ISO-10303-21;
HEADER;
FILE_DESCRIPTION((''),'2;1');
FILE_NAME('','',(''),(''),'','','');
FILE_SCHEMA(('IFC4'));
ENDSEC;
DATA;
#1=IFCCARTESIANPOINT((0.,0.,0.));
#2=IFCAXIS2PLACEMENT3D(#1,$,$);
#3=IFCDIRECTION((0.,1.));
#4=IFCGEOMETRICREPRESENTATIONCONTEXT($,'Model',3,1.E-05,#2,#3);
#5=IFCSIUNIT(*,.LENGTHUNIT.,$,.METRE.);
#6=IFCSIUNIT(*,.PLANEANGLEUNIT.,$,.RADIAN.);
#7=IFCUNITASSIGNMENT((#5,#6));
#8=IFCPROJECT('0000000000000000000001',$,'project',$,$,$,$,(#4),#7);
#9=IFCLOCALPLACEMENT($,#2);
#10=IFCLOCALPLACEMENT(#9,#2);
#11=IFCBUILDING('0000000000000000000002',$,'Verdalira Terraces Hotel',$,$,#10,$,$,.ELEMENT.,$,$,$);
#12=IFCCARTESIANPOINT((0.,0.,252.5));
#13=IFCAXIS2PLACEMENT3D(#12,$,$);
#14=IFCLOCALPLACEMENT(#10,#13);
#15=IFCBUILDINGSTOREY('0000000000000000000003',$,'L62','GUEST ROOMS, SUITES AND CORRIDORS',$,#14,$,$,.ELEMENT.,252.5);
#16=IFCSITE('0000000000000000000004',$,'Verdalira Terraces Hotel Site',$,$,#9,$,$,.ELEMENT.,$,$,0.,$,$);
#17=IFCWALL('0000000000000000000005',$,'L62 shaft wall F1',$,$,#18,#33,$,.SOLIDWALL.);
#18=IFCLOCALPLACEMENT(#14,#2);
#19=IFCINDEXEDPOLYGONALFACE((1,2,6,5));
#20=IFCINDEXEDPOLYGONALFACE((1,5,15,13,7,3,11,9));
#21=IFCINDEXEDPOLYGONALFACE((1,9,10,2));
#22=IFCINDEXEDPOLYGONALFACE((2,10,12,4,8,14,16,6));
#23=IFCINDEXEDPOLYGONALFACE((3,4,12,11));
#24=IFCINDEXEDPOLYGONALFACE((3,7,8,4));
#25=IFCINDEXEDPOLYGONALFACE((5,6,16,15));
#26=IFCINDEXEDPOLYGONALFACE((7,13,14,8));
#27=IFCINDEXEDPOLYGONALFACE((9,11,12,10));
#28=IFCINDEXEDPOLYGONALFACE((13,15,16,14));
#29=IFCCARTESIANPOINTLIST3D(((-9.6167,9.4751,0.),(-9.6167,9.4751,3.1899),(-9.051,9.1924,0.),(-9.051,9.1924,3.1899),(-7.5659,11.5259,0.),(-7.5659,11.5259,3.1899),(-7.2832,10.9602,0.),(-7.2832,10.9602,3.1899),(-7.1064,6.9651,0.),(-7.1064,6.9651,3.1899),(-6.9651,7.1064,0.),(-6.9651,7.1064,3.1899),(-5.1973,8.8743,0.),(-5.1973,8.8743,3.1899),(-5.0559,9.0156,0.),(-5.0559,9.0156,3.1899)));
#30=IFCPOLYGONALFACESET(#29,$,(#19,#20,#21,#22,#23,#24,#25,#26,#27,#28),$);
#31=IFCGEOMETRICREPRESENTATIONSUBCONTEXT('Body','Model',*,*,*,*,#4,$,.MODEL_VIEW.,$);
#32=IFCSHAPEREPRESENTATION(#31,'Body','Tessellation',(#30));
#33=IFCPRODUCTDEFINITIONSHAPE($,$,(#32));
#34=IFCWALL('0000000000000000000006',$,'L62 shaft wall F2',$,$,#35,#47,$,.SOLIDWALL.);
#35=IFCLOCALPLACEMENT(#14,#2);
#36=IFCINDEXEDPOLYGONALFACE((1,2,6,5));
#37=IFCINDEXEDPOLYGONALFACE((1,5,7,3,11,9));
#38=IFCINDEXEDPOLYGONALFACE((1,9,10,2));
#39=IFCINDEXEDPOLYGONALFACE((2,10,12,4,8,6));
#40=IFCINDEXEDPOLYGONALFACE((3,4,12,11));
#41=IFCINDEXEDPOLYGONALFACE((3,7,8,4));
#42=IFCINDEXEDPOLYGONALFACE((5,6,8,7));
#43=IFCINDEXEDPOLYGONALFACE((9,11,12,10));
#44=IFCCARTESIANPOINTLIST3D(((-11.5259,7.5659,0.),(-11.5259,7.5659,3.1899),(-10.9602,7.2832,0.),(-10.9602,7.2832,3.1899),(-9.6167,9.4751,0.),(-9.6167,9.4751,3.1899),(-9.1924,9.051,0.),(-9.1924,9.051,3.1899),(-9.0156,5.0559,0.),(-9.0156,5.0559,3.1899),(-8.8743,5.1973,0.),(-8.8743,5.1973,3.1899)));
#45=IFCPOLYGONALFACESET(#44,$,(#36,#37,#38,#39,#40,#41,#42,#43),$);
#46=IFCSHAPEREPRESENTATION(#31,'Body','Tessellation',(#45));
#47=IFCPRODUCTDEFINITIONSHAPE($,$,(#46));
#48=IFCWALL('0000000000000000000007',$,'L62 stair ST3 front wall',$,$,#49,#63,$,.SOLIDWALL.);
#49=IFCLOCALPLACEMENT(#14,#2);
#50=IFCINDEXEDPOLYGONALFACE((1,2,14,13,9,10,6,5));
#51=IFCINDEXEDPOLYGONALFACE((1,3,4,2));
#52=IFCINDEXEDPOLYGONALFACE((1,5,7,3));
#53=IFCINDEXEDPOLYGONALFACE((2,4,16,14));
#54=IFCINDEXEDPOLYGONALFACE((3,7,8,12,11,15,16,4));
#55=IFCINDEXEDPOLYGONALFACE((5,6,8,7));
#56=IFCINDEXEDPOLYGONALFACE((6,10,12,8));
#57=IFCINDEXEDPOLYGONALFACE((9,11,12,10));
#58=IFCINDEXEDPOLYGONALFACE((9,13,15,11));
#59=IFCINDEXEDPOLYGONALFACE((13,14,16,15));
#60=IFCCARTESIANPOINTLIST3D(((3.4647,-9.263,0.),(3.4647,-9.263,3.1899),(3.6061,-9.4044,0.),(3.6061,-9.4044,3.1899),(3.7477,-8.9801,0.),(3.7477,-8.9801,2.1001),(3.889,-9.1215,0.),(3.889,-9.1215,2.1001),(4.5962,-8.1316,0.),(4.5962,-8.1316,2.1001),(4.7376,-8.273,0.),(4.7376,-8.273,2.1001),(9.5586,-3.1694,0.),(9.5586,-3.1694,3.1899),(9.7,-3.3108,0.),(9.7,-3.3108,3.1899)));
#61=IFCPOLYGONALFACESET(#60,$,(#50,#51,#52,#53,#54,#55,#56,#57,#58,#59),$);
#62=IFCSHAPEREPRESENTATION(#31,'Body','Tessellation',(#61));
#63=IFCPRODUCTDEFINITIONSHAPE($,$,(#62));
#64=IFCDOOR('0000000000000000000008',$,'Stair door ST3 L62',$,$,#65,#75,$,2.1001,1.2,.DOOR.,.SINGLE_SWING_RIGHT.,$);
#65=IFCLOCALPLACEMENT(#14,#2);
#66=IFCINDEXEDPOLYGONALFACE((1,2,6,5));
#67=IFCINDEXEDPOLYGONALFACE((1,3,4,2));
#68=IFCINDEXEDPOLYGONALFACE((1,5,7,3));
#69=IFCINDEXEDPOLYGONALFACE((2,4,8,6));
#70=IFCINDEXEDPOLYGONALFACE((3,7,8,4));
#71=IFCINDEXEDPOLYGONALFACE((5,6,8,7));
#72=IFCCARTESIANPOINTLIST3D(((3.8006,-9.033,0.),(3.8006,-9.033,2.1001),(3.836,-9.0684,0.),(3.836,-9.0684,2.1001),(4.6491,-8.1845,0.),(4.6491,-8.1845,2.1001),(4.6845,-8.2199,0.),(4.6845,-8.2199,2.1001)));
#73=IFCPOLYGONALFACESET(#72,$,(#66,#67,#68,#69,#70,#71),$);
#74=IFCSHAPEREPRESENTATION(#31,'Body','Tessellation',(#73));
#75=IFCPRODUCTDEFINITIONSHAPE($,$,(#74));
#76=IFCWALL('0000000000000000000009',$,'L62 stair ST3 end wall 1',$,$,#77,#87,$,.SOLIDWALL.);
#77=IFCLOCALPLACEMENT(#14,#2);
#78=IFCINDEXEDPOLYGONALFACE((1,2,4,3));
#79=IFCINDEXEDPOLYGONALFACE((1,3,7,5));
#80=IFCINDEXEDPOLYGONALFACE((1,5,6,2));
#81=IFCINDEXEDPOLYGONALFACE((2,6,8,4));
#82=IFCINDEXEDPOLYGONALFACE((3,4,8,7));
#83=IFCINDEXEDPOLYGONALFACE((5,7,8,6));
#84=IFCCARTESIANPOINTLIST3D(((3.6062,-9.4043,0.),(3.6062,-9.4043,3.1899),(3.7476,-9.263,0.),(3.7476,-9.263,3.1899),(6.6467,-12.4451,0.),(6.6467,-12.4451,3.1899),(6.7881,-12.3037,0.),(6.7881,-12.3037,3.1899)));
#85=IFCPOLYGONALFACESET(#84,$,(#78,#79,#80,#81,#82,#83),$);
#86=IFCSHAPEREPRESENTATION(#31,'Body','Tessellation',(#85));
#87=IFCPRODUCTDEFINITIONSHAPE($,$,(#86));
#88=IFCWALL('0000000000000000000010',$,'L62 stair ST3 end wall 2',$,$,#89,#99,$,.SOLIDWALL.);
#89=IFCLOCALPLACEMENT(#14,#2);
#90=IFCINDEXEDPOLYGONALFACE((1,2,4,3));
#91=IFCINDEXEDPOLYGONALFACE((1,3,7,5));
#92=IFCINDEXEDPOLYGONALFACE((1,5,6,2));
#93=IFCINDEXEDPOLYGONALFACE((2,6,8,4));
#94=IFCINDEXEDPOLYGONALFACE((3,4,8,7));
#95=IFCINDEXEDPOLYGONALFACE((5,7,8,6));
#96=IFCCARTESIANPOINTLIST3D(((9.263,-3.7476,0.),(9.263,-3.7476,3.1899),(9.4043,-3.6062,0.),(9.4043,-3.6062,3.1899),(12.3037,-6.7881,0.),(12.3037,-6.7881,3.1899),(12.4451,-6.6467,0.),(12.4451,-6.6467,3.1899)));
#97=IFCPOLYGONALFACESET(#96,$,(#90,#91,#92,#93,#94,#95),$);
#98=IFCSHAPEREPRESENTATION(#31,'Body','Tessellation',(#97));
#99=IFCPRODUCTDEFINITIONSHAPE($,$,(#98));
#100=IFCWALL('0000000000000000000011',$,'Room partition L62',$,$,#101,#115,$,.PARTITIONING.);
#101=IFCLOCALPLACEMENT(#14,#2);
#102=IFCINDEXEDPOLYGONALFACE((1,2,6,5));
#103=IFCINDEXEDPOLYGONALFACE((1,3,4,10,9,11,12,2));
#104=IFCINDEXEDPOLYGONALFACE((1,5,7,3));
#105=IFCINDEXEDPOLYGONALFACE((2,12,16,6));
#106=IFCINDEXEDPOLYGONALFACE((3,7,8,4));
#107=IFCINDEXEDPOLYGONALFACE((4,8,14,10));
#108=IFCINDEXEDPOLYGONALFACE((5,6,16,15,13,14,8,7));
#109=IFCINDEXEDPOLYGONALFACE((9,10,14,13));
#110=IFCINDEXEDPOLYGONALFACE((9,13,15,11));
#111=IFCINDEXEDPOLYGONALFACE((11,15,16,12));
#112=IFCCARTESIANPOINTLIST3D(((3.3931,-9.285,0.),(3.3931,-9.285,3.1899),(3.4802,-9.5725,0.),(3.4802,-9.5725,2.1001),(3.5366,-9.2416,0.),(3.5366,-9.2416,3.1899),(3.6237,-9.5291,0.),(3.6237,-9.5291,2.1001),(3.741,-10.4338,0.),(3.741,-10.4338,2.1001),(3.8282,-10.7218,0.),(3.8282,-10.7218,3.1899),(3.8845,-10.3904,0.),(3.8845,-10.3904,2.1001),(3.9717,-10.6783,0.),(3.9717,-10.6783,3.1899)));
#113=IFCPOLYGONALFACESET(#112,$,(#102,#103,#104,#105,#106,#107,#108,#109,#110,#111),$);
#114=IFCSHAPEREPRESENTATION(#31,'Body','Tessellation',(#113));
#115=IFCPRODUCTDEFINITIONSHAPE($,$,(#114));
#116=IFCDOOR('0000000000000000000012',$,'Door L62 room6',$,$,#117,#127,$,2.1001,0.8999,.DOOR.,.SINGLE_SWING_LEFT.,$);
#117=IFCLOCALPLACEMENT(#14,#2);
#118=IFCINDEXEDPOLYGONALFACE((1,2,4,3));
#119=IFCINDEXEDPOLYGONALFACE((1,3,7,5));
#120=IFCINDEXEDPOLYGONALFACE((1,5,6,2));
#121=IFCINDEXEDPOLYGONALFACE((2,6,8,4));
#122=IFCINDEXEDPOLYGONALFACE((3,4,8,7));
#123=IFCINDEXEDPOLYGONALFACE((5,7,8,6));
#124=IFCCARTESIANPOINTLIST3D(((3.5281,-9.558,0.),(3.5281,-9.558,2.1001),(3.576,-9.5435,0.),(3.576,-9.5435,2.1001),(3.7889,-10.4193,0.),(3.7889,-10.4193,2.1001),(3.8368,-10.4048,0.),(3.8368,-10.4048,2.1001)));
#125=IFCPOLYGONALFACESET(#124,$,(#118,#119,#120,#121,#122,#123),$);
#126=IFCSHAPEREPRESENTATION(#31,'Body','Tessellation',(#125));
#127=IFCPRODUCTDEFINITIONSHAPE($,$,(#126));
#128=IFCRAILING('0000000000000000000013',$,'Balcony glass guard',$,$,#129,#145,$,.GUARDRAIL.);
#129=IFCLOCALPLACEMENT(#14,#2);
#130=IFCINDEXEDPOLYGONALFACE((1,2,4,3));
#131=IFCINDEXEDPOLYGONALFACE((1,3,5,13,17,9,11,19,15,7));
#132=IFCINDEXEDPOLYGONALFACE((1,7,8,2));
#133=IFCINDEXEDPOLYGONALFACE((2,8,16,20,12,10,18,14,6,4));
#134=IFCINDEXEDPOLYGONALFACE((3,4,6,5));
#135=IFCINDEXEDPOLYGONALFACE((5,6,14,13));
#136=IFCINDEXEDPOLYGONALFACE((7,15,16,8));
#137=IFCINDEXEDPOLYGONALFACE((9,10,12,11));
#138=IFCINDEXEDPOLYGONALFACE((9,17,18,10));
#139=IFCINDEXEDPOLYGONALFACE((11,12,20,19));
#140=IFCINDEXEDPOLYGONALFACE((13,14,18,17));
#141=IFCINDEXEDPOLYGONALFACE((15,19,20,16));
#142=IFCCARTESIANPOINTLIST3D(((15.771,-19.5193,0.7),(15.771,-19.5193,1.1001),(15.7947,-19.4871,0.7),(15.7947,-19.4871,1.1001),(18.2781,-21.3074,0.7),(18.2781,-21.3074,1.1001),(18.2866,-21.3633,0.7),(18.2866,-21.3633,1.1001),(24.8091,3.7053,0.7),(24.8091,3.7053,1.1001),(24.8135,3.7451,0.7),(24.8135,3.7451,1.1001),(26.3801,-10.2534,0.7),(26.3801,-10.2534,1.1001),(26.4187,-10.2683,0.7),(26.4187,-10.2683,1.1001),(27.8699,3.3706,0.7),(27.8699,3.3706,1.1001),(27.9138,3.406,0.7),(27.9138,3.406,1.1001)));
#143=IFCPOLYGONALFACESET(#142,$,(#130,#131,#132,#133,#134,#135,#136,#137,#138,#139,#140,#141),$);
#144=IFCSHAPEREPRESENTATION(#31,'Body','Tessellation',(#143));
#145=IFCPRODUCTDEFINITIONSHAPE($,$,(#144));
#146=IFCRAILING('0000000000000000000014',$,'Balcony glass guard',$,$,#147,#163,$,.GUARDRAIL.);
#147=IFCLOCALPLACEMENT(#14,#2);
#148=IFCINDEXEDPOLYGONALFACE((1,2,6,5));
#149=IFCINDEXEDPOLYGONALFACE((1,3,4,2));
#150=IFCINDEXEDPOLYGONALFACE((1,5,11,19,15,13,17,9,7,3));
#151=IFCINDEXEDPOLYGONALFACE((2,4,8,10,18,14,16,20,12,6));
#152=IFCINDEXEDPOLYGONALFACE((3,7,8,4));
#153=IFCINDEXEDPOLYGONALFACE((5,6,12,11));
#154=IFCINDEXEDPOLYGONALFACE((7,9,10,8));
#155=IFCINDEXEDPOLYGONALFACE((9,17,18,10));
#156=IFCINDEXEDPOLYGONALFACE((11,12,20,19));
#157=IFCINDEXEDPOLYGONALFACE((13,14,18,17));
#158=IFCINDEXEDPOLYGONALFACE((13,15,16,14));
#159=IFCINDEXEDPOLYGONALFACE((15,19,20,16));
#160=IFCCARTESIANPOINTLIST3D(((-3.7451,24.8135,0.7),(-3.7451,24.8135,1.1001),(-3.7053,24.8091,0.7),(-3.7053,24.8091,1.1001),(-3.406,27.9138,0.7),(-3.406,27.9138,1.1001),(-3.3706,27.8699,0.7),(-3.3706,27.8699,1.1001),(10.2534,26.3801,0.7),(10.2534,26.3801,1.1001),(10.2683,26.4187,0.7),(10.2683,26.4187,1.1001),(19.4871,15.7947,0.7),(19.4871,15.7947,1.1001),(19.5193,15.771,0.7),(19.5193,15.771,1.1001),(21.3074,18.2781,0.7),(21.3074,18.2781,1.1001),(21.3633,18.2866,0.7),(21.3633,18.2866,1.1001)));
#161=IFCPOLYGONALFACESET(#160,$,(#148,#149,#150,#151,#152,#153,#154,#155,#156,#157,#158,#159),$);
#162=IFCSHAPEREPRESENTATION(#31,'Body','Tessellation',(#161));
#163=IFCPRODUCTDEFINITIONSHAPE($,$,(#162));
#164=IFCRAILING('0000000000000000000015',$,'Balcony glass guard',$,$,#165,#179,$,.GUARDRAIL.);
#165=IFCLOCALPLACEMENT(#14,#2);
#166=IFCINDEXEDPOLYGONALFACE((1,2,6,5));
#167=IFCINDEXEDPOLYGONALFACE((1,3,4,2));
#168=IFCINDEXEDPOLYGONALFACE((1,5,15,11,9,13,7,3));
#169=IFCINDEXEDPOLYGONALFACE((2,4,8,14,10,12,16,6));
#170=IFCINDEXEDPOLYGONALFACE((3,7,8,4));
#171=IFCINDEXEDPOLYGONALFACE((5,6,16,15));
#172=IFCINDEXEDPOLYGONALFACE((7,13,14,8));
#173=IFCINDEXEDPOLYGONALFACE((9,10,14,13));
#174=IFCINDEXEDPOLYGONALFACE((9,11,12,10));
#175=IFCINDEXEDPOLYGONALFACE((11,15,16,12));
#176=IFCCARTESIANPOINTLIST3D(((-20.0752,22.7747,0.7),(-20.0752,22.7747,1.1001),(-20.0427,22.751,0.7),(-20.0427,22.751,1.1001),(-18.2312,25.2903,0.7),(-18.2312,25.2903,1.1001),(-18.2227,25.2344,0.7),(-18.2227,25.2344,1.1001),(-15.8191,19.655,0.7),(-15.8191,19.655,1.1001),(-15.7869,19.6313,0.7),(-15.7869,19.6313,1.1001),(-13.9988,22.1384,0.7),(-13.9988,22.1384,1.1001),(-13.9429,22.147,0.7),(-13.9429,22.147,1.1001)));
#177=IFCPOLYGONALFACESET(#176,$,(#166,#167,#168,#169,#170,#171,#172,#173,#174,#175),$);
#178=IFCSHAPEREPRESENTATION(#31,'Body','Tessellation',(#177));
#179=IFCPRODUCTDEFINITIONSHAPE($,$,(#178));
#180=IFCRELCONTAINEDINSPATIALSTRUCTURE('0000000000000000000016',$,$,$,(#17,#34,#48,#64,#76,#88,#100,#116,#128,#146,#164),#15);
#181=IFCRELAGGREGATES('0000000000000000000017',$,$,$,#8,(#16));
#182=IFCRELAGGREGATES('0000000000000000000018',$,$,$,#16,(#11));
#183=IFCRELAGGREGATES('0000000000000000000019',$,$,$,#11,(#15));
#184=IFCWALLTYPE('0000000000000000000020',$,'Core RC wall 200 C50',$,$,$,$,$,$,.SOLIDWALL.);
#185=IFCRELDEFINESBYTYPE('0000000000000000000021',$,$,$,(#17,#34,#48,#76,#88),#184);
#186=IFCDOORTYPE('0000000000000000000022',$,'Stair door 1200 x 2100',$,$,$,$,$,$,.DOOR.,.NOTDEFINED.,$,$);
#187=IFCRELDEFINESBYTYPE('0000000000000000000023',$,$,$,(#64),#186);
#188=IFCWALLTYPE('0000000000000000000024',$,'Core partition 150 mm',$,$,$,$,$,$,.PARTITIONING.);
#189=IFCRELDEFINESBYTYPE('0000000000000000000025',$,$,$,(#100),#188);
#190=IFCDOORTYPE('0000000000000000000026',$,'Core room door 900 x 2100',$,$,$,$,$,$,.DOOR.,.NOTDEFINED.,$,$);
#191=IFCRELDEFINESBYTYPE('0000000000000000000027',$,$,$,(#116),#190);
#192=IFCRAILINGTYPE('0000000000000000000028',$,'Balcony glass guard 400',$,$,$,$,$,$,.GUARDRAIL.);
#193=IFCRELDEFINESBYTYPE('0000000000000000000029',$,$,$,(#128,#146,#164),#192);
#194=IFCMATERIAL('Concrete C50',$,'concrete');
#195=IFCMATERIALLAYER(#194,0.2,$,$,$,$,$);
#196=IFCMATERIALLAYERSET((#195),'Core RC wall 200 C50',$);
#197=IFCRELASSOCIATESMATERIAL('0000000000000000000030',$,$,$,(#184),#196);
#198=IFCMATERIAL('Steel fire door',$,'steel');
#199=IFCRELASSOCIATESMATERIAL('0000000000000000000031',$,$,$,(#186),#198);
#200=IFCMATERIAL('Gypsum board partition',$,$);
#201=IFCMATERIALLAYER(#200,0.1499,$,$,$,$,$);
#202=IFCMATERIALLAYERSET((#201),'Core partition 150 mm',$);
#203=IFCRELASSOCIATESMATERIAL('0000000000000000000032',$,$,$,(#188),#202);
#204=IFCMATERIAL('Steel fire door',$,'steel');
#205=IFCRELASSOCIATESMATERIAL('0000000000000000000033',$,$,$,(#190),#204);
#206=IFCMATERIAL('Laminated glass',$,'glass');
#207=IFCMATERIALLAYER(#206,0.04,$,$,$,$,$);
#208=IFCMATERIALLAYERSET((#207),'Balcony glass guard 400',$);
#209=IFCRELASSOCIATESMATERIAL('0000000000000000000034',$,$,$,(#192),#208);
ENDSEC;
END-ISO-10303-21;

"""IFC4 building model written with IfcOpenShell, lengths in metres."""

from ifc_helpers import new_model, si_unit, direction, frame, frame_2d, origin, place, context, subcontext, project, spatial, polyline, rectangle, outline, extrude, material, layer, layer_set, type_object, element, fill, save


model = new_model("IFC4")

# Units and contexts
model_context = context("Model", 3, precision=1e-05, world=origin(), true_north=direction((0.0, 1.0)))
body_context = subcontext(model_context, "Body", "Model", "MODEL_VIEW")
ifc_project = project(units=[si_unit("LENGTHUNIT", "METRE"), si_unit("PLANEANGLEUNIT", "RADIAN")], contexts=[model_context])

# Site, building, storey
site_placement = place(None, origin())
site = spatial("IfcSite", under=ifc_project, at=site_placement, Name="Verdalira Terraces Hotel Site", CompositionType="ELEMENT", RefElevation=0.0)
building_placement = place(site_placement, origin())
building = spatial("IfcBuilding", under=site, at=building_placement, Name="Verdalira Terraces Hotel", CompositionType="ELEMENT")
storey_placement = place(building_placement, frame((0.0, 0.0, 252.5)))
storey = spatial("IfcBuildingStorey", under=building, at=storey_placement, Name="L62", Description="GUEST ROOMS, SUITES AND CORRIDORS", CompositionType="ELEMENT", Elevation=252.5)

# Walls
ifc_material_1 = material(Name="Concrete C50", Category="concrete")
ifc_layer_1 = layer(ifc_material_1, 0.2)
ifc_layer_set_1 = layer_set([ifc_layer_1], Name="Core RC wall 200 C50")
wall_type_1 = type_object("IfcWallType", Name="Core RC wall 200 C50", PredefinedType="SOLIDWALL", material=ifc_layer_set_1)
wall_1_placement = place(storey_placement, origin())
element("IfcWall", 1, at=wall_1_placement, inside=storey, type_object=wall_type_1, Name="L62 shaft wall F1", PredefinedType="SOLIDWALL", context=body_context, shape_type="SweptSolid", body=[
    extrude(outline(polyline([(-9.6167, 9.4751), (-7.5659, 11.5259), (-5.0559, 9.0156), (-5.1973, 8.8743), (-7.2832, 10.9602), (-9.051, 9.1924), (-6.9651, 7.1064), (-7.1064, 6.9651), (-9.6167, 9.4751)])), origin(), (0.0, 0.0, 1.0), 3.1899),
])
wall_2_placement = place(storey_placement, origin())
element("IfcWall", 2, at=wall_2_placement, inside=storey, type_object=wall_type_1, Name="L62 shaft wall F2", PredefinedType="SOLIDWALL", context=body_context, shape_type="SweptSolid", body=[
    extrude(outline(polyline([(-11.5259, 7.5659), (-9.6167, 9.4751), (-9.1924, 9.051), (-10.9602, 7.2832), (-8.8743, 5.1973), (-9.0156, 5.0559), (-11.5259, 7.5659)])), origin(), (0.0, 0.0, 1.0), 3.1899),
])

# Wall, opening, door
wall_3_placement = place(storey_placement, frame((9.6294, -3.24, 0.0), z_axis=(0.0, 0.0, 1.0), x_axis=(-0.707121, -0.707093, 0.0)))
wall_3 = element("IfcWall", 3, at=wall_3_placement, inside=storey, type_object=wall_type_1, Name="L62 stair ST3 front wall", PredefinedType="SOLIDWALL", context=body_context, shape_type="SweptSolid", body=[
    extrude(rectangle(XDim=8.6179, YDim=0.2, at=frame_2d((4.3091, 0.0))), origin(), (0.0, 0.0, 1.0), 3.1899),
])
opening_1_placement = place(wall_3_placement, frame((7.0178, 0.0, 0.0)))
opening_1 = element("IfcOpeningElement", 4, at=opening_1_placement, cuts=wall_3, PredefinedType="OPENING", context=body_context, shape_type="SweptSolid", body=[
    extrude(rectangle(XDim=1.2, YDim=2.1001, at=frame_2d((0.6001, 1.05))), frame((0.0, 0.1099, 0.0), z_axis=(0.0, -1.0, 0.0), x_axis=(1.0, 0.0, 0.0)), (0.0, 0.0, 1.0), 0.22),
])
ifc_material_2 = material(Name="Steel fire door", Category="steel")
door_type_1 = type_object("IfcDoorType", Name="Stair door 1200 x 2100", OperationType="NOTDEFINED", PredefinedType="DOOR", material=ifc_material_2)
door_1_placement = place(opening_1_placement, origin())
door_1 = element("IfcDoor", 5, at=door_1_placement, inside=storey, type_object=door_type_1, Name="Stair door ST3 L62", OperationType="SINGLE_SWING_RIGHT", OverallHeight=2.1001, OverallWidth=1.2, PredefinedType="DOOR", context=body_context, shape_type="SweptSolid", body=[
    extrude(rectangle(XDim=1.2, YDim=2.1001, at=frame_2d((0.6001, 1.05))), frame((0.0, 0.0249, 0.0), z_axis=(0.0, -1.0, 0.0), x_axis=(1.0, 0.0, 0.0)), (0.0, 0.0, 1.0), 0.05),
])
fill(opening_1, door_1)

# Walls
for number, where, z_axis, x_axis, name in (
    (6, (3.677, -9.3337, 0.0), (0.0, 0.0, 1.0), (0.707078, -0.707135, 0.0), "L62 stair ST3 end wall 1"),
    (7, (9.3337, -3.677, 0.0), (0.0, 0.0, 1.0), (0.707135, -0.707078, 0.0), "L62 stair ST3 end wall 2"),
):
    element("IfcWall", number, at=place(storey_placement, frame(where, z_axis=z_axis, x_axis=x_axis)), inside=storey, type_object=wall_type_1, Name=name, PredefinedType="SOLIDWALL", context=body_context, shape_type="SweptSolid", body=[
        extrude(rectangle(XDim=4.3, YDim=0.2, at=frame_2d((2.1499, 0.0))), origin(), (0.0, 0.0, 1.0), 3.1899),
    ])

# Wall, opening, door
ifc_material_3 = material(Name="Gypsum board partition")
ifc_layer_2 = layer(ifc_material_3, 0.1499)
ifc_layer_set_2 = layer_set([ifc_layer_2], Name="Core partition 150 mm")
wall_type_2 = type_object("IfcWallType", Name="Core partition 150 mm", PredefinedType="PARTITIONING", material=ifc_layer_set_2)
wall_4_placement = place(storey_placement, frame((3.8999, -10.7, 0.0), z_axis=(0.0, 0.0, 1.0), x_axis=(-0.289809, 0.957085, 0.0)))
wall_4 = element("IfcWall", 8, at=wall_4_placement, inside=storey, type_object=wall_type_2, Name="Room partition L62", PredefinedType="PARTITIONING", context=body_context, shape_type="SweptSolid", body=[
    extrude(rectangle(XDim=1.5012, YDim=0.1499, at=frame_2d((0.7505, 0.0))), origin(), (0.0, 0.0, 1.0), 3.1899),
])
opening_2_placement = place(wall_4_placement, frame((0.3008, 0.0, 0.0)))
opening_2 = element("IfcOpeningElement", 9, at=opening_2_placement, cuts=wall_4, PredefinedType="OPENING", context=body_context, shape_type="SweptSolid", body=[
    extrude(rectangle(XDim=0.8999, YDim=2.1001, at=frame_2d((0.45, 1.05))), frame((0.0, 0.085, 0.0), z_axis=(0.0, -1.0, 0.0), x_axis=(1.0, 0.0, 0.0)), (0.0, 0.0, 1.0), 0.1699),
])
ifc_material_4 = material(Name="Steel fire door", Category="steel")
door_type_2 = type_object("IfcDoorType", Name="Core room door 900 x 2100", OperationType="NOTDEFINED", PredefinedType="DOOR", material=ifc_material_4)
door_2_placement = place(opening_2_placement, origin())
door_2 = element("IfcDoor", 10, at=door_2_placement, inside=storey, type_object=door_type_2, Name="Door L62 room6", OperationType="SINGLE_SWING_LEFT", OverallHeight=2.1001, OverallWidth=0.8999, PredefinedType="DOOR", context=body_context, shape_type="SweptSolid", body=[
    extrude(rectangle(XDim=0.8999, YDim=2.1001, at=frame_2d((0.45, 1.05))), frame((0.0, 0.0249, 0.0), z_axis=(0.0, -1.0, 0.0), x_axis=(1.0, 0.0, 0.0)), (0.0, 0.0, 1.0), 0.05),
])
fill(opening_2, door_2)

# Railings
ifc_material_5 = material(Name="Laminated glass", Category="glass")
ifc_layer_3 = layer(ifc_material_5, 0.04)
ifc_layer_set_3 = layer_set([ifc_layer_3], Name="Balcony glass guard 400")
railing_type_1 = type_object("IfcRailingType", Name="Balcony glass guard 400", PredefinedType="GUARDRAIL", material=ifc_layer_set_3)
railing_1_placement = place(storey_placement, frame((0.0, 0.0, 0.7)))
element("IfcRailing", 11, at=railing_1_placement, inside=storey, type_object=railing_type_1, Name="Balcony glass guard", PredefinedType="GUARDRAIL", context=body_context, shape_type="SweptSolid", body=[
    extrude(outline(polyline([(18.2781, -21.3074), (26.3801, -10.2534), (27.8699, 3.3706), (24.8091, 3.7053), (24.8135, 3.7451), (27.9138, 3.406), (26.4187, -10.2683), (18.2866, -21.3633), (15.771, -19.5193), (15.7947, -19.4871), (18.2781, -21.3074)])), origin(), (0.0, 0.0, 1.0), 0.4001),
])
railing_2_placement = place(storey_placement, frame((0.0, 0.0, 0.7)))
element("IfcRailing", 12, at=railing_2_placement, inside=storey, type_object=railing_type_1, Name="Balcony glass guard", PredefinedType="GUARDRAIL", context=body_context, shape_type="SweptSolid", body=[
    extrude(outline(polyline([(21.3074, 18.2781), (10.2534, 26.3801), (-3.3706, 27.8699), (-3.7053, 24.8091), (-3.7451, 24.8135), (-3.406, 27.9138), (10.2683, 26.4187), (21.3633, 18.2866), (19.5193, 15.771), (19.4871, 15.7947), (21.3074, 18.2781)])), origin(), (0.0, 0.0, 1.0), 0.4001),
])
railing_3_placement = place(storey_placement, frame((0.0, 0.0, 0.7)))
element("IfcRailing", 13, at=railing_3_placement, inside=storey, type_object=railing_type_1, Name="Balcony glass guard", PredefinedType="GUARDRAIL", context=body_context, shape_type="SweptSolid", body=[
    extrude(outline(polyline([(-13.9988, 22.1384), (-18.2227, 25.2344), (-20.0427, 22.751), (-20.0752, 22.7747), (-18.2312, 25.2903), (-13.9429, 22.147), (-15.7869, 19.6313), (-15.8191, 19.655), (-13.9988, 22.1384)])), origin(), (0.0, 0.0, 1.0), 0.4001),
])

save(model, "model.ifc")
